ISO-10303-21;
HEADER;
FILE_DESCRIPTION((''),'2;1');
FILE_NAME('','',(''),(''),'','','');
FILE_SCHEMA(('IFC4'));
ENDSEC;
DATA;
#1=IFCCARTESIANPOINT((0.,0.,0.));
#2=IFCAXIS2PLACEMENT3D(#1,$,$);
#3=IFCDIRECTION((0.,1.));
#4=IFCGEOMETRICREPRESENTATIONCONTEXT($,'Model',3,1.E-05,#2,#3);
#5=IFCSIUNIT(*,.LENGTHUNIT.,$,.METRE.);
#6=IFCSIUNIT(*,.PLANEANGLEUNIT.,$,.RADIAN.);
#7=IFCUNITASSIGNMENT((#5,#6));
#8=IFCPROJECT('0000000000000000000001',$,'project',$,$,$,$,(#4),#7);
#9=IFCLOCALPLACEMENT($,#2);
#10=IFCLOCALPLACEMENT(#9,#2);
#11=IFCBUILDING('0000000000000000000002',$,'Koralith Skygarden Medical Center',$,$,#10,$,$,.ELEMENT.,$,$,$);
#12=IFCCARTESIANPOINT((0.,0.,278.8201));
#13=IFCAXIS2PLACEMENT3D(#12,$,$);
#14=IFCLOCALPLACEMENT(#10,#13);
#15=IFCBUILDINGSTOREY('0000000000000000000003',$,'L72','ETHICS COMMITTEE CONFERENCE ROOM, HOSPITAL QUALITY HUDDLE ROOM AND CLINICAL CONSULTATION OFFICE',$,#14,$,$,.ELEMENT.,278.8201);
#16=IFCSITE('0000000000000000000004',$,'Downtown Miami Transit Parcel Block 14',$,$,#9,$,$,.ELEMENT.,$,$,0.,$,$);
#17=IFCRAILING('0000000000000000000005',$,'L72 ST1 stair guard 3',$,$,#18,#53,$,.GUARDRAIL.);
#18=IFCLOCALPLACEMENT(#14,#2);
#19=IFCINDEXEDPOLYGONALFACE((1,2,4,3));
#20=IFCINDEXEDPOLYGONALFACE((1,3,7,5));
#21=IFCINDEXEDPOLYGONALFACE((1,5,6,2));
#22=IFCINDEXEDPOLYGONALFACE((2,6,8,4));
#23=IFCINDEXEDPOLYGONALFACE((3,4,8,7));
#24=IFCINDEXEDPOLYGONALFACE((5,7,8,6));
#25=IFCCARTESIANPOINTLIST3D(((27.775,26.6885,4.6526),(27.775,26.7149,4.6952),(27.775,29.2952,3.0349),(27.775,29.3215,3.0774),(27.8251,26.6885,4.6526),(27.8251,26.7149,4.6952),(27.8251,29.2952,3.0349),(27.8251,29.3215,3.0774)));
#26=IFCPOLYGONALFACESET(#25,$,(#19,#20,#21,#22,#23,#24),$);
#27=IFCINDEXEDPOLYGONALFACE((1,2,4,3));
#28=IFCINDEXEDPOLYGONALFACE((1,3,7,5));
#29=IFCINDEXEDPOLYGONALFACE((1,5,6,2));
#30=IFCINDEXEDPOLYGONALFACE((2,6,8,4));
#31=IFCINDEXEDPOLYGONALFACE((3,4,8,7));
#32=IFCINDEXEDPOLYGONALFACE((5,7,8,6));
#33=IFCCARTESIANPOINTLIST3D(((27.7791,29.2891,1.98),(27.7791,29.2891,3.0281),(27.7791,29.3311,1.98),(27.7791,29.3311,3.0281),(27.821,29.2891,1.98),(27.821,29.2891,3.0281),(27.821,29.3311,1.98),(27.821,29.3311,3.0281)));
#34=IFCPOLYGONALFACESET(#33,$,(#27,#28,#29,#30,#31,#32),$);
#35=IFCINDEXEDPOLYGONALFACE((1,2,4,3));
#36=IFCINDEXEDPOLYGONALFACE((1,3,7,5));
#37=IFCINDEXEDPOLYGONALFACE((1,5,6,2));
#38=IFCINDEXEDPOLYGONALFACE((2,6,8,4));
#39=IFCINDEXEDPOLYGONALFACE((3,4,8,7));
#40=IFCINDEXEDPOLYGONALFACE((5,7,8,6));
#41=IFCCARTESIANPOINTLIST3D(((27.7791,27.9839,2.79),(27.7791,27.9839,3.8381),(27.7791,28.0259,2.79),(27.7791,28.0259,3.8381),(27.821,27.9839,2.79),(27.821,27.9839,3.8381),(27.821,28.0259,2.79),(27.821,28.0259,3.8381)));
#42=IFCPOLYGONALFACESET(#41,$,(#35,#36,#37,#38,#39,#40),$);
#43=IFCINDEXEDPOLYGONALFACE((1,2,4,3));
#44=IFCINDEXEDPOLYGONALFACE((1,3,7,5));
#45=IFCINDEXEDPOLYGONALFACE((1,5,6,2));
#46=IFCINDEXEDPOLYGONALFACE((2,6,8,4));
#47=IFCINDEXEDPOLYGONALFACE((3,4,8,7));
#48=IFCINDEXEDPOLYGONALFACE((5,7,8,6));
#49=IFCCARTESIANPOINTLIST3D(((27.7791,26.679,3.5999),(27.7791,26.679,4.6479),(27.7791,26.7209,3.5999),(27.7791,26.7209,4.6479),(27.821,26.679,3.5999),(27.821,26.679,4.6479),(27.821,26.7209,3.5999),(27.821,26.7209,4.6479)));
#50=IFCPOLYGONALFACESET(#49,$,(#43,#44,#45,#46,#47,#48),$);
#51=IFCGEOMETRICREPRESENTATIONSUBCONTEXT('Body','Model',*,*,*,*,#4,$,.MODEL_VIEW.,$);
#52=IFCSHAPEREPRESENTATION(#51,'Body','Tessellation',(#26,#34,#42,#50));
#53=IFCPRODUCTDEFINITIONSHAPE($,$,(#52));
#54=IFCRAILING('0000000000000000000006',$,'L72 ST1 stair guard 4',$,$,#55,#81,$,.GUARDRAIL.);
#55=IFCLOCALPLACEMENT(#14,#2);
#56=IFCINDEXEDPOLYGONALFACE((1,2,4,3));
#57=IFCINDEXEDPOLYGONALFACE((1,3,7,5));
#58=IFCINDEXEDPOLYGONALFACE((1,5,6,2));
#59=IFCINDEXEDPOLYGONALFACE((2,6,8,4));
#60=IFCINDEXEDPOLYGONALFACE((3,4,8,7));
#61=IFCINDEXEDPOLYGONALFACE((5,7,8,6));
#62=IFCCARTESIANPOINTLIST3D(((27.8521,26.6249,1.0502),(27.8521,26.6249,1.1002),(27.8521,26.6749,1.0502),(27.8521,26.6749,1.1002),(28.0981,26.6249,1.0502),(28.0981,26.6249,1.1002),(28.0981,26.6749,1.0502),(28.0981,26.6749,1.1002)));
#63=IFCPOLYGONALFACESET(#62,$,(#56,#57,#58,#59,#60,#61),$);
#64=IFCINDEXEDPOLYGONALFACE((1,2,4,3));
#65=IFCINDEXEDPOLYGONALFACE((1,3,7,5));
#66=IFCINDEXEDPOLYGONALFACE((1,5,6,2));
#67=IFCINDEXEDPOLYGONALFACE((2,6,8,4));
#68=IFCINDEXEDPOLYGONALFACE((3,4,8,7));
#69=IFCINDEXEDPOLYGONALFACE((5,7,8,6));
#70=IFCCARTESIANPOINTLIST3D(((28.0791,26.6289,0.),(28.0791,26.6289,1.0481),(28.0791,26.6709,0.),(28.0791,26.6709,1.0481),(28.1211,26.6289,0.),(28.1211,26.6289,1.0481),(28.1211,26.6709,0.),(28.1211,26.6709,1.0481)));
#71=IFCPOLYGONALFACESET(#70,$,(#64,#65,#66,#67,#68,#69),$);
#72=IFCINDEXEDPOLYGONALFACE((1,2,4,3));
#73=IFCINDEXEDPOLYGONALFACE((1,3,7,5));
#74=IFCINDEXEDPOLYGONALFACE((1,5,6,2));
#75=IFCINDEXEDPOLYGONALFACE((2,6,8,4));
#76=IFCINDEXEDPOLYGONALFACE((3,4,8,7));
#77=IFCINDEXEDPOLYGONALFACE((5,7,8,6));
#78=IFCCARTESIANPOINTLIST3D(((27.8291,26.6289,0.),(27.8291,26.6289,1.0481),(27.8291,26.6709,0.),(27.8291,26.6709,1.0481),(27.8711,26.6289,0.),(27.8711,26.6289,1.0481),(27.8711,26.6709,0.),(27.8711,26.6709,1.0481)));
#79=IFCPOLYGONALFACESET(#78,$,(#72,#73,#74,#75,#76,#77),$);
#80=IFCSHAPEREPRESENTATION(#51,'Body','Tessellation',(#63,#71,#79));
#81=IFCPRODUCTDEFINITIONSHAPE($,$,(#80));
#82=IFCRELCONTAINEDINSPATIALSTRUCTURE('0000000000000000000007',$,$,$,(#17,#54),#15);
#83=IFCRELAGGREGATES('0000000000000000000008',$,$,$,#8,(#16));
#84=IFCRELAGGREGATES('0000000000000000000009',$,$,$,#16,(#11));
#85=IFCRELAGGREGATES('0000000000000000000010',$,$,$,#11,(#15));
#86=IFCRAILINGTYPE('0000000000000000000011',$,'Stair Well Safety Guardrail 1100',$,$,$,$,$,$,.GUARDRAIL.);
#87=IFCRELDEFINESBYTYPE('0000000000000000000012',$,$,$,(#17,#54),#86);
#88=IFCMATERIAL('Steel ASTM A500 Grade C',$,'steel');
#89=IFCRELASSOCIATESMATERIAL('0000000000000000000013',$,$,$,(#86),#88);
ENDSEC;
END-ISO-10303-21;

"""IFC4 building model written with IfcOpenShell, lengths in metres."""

from ifc_helpers import new_model, si_unit, direction, frame, origin, origin_2d, place, context, subcontext, project, spatial, rectangle, extrude, material, type_object, element, save


model = new_model("IFC4")

# Units and contexts
model_context = context("Model", 3, precision=1e-05, world=origin(), true_north=direction((0.0, 1.0)))
body_context = subcontext(model_context, "Body", "Model", "MODEL_VIEW")
ifc_project = project(units=[si_unit("LENGTHUNIT", "METRE"), si_unit("PLANEANGLEUNIT", "RADIAN")], contexts=[model_context])

# Site, building, storey
site_placement = place(None, origin())
site = spatial("IfcSite", under=ifc_project, at=site_placement, Name="Downtown Miami Transit Parcel Block 14", CompositionType="ELEMENT", RefElevation=0.0)
building_placement = place(site_placement, origin())
building = spatial("IfcBuilding", under=site, at=building_placement, Name="Koralith Skygarden Medical Center", CompositionType="ELEMENT")
storey_placement = place(building_placement, frame((0.0, 0.0, 278.8201)))
storey = spatial("IfcBuildingStorey", under=building, at=storey_placement, Name="L72", Description="ETHICS COMMITTEE CONFERENCE ROOM, HOSPITAL QUALITY HUDDLE ROOM AND CLINICAL CONSULTATION OFFICE", CompositionType="ELEMENT", Elevation=278.8201)

# Shared definitions
ifc_material_1 = material(Name="Steel ASTM A500 Grade C", Category="steel")

# Railings
railing_type_1 = type_object("IfcRailingType", Name="Stair Well Safety Guardrail 1100", PredefinedType="GUARDRAIL", material=ifc_material_1)
railing_1_placement = place(storey_placement, frame((27.8, 29.3101, 1.98)))
element("IfcRailing", 1, at=railing_1_placement, inside=storey, type_object=railing_type_1, Name="L72 ST1 stair guard 3", PredefinedType="GUARDRAIL", context=body_context, shape_type="SweptSolid", body=[
    extrude(rectangle(XDim=0.05, YDim=0.05, at=origin_2d()), frame((0.0, -0.0017, 1.0762), z_axis=(0.0, -0.849668, 0.527317), x_axis=(1.0, 0.0, 0.0)), (0.0, 0.0, 1.0), 3.0679),
    extrude(rectangle(XDim=0.042, YDim=0.042, at=origin_2d()), origin(), (0.0, 0.0, 1.0), 1.0481),
    extrude(rectangle(XDim=0.042, YDim=0.042, at=origin_2d()), frame((0.0, -1.3052, 0.8101)), (0.0, 0.0, 1.0), 1.0481),
    extrude(rectangle(XDim=0.042, YDim=0.042, at=origin_2d()), frame((0.0, -2.6101, 1.6199)), (0.0, 0.0, 1.0), 1.0481),
])
railing_2_placement = place(storey_placement, frame((28.1001, 26.6499, 0.0)))
element("IfcRailing", 2, at=railing_2_placement, inside=storey, type_object=railing_type_1, Name="L72 ST1 stair guard 4", PredefinedType="GUARDRAIL", context=body_context, shape_type="SweptSolid", body=[
    extrude(rectangle(XDim=0.05, YDim=0.05, at=origin_2d()), frame((-0.002, 0.0, 1.0752), z_axis=(-1.0, 0.0, 0.0), x_axis=(0.0, -1.0, 0.0)), (0.0, 0.0, 1.0), 0.2461),
    extrude(rectangle(XDim=0.042, YDim=0.042, at=origin_2d()), origin(), (0.0, 0.0, 1.0), 1.0481),
    extrude(rectangle(XDim=0.042, YDim=0.042, at=origin_2d()), frame((-0.25, 0.0, 0.0)), (0.0, 0.0, 1.0), 1.0481),
])

save(model, "model.ifc")
